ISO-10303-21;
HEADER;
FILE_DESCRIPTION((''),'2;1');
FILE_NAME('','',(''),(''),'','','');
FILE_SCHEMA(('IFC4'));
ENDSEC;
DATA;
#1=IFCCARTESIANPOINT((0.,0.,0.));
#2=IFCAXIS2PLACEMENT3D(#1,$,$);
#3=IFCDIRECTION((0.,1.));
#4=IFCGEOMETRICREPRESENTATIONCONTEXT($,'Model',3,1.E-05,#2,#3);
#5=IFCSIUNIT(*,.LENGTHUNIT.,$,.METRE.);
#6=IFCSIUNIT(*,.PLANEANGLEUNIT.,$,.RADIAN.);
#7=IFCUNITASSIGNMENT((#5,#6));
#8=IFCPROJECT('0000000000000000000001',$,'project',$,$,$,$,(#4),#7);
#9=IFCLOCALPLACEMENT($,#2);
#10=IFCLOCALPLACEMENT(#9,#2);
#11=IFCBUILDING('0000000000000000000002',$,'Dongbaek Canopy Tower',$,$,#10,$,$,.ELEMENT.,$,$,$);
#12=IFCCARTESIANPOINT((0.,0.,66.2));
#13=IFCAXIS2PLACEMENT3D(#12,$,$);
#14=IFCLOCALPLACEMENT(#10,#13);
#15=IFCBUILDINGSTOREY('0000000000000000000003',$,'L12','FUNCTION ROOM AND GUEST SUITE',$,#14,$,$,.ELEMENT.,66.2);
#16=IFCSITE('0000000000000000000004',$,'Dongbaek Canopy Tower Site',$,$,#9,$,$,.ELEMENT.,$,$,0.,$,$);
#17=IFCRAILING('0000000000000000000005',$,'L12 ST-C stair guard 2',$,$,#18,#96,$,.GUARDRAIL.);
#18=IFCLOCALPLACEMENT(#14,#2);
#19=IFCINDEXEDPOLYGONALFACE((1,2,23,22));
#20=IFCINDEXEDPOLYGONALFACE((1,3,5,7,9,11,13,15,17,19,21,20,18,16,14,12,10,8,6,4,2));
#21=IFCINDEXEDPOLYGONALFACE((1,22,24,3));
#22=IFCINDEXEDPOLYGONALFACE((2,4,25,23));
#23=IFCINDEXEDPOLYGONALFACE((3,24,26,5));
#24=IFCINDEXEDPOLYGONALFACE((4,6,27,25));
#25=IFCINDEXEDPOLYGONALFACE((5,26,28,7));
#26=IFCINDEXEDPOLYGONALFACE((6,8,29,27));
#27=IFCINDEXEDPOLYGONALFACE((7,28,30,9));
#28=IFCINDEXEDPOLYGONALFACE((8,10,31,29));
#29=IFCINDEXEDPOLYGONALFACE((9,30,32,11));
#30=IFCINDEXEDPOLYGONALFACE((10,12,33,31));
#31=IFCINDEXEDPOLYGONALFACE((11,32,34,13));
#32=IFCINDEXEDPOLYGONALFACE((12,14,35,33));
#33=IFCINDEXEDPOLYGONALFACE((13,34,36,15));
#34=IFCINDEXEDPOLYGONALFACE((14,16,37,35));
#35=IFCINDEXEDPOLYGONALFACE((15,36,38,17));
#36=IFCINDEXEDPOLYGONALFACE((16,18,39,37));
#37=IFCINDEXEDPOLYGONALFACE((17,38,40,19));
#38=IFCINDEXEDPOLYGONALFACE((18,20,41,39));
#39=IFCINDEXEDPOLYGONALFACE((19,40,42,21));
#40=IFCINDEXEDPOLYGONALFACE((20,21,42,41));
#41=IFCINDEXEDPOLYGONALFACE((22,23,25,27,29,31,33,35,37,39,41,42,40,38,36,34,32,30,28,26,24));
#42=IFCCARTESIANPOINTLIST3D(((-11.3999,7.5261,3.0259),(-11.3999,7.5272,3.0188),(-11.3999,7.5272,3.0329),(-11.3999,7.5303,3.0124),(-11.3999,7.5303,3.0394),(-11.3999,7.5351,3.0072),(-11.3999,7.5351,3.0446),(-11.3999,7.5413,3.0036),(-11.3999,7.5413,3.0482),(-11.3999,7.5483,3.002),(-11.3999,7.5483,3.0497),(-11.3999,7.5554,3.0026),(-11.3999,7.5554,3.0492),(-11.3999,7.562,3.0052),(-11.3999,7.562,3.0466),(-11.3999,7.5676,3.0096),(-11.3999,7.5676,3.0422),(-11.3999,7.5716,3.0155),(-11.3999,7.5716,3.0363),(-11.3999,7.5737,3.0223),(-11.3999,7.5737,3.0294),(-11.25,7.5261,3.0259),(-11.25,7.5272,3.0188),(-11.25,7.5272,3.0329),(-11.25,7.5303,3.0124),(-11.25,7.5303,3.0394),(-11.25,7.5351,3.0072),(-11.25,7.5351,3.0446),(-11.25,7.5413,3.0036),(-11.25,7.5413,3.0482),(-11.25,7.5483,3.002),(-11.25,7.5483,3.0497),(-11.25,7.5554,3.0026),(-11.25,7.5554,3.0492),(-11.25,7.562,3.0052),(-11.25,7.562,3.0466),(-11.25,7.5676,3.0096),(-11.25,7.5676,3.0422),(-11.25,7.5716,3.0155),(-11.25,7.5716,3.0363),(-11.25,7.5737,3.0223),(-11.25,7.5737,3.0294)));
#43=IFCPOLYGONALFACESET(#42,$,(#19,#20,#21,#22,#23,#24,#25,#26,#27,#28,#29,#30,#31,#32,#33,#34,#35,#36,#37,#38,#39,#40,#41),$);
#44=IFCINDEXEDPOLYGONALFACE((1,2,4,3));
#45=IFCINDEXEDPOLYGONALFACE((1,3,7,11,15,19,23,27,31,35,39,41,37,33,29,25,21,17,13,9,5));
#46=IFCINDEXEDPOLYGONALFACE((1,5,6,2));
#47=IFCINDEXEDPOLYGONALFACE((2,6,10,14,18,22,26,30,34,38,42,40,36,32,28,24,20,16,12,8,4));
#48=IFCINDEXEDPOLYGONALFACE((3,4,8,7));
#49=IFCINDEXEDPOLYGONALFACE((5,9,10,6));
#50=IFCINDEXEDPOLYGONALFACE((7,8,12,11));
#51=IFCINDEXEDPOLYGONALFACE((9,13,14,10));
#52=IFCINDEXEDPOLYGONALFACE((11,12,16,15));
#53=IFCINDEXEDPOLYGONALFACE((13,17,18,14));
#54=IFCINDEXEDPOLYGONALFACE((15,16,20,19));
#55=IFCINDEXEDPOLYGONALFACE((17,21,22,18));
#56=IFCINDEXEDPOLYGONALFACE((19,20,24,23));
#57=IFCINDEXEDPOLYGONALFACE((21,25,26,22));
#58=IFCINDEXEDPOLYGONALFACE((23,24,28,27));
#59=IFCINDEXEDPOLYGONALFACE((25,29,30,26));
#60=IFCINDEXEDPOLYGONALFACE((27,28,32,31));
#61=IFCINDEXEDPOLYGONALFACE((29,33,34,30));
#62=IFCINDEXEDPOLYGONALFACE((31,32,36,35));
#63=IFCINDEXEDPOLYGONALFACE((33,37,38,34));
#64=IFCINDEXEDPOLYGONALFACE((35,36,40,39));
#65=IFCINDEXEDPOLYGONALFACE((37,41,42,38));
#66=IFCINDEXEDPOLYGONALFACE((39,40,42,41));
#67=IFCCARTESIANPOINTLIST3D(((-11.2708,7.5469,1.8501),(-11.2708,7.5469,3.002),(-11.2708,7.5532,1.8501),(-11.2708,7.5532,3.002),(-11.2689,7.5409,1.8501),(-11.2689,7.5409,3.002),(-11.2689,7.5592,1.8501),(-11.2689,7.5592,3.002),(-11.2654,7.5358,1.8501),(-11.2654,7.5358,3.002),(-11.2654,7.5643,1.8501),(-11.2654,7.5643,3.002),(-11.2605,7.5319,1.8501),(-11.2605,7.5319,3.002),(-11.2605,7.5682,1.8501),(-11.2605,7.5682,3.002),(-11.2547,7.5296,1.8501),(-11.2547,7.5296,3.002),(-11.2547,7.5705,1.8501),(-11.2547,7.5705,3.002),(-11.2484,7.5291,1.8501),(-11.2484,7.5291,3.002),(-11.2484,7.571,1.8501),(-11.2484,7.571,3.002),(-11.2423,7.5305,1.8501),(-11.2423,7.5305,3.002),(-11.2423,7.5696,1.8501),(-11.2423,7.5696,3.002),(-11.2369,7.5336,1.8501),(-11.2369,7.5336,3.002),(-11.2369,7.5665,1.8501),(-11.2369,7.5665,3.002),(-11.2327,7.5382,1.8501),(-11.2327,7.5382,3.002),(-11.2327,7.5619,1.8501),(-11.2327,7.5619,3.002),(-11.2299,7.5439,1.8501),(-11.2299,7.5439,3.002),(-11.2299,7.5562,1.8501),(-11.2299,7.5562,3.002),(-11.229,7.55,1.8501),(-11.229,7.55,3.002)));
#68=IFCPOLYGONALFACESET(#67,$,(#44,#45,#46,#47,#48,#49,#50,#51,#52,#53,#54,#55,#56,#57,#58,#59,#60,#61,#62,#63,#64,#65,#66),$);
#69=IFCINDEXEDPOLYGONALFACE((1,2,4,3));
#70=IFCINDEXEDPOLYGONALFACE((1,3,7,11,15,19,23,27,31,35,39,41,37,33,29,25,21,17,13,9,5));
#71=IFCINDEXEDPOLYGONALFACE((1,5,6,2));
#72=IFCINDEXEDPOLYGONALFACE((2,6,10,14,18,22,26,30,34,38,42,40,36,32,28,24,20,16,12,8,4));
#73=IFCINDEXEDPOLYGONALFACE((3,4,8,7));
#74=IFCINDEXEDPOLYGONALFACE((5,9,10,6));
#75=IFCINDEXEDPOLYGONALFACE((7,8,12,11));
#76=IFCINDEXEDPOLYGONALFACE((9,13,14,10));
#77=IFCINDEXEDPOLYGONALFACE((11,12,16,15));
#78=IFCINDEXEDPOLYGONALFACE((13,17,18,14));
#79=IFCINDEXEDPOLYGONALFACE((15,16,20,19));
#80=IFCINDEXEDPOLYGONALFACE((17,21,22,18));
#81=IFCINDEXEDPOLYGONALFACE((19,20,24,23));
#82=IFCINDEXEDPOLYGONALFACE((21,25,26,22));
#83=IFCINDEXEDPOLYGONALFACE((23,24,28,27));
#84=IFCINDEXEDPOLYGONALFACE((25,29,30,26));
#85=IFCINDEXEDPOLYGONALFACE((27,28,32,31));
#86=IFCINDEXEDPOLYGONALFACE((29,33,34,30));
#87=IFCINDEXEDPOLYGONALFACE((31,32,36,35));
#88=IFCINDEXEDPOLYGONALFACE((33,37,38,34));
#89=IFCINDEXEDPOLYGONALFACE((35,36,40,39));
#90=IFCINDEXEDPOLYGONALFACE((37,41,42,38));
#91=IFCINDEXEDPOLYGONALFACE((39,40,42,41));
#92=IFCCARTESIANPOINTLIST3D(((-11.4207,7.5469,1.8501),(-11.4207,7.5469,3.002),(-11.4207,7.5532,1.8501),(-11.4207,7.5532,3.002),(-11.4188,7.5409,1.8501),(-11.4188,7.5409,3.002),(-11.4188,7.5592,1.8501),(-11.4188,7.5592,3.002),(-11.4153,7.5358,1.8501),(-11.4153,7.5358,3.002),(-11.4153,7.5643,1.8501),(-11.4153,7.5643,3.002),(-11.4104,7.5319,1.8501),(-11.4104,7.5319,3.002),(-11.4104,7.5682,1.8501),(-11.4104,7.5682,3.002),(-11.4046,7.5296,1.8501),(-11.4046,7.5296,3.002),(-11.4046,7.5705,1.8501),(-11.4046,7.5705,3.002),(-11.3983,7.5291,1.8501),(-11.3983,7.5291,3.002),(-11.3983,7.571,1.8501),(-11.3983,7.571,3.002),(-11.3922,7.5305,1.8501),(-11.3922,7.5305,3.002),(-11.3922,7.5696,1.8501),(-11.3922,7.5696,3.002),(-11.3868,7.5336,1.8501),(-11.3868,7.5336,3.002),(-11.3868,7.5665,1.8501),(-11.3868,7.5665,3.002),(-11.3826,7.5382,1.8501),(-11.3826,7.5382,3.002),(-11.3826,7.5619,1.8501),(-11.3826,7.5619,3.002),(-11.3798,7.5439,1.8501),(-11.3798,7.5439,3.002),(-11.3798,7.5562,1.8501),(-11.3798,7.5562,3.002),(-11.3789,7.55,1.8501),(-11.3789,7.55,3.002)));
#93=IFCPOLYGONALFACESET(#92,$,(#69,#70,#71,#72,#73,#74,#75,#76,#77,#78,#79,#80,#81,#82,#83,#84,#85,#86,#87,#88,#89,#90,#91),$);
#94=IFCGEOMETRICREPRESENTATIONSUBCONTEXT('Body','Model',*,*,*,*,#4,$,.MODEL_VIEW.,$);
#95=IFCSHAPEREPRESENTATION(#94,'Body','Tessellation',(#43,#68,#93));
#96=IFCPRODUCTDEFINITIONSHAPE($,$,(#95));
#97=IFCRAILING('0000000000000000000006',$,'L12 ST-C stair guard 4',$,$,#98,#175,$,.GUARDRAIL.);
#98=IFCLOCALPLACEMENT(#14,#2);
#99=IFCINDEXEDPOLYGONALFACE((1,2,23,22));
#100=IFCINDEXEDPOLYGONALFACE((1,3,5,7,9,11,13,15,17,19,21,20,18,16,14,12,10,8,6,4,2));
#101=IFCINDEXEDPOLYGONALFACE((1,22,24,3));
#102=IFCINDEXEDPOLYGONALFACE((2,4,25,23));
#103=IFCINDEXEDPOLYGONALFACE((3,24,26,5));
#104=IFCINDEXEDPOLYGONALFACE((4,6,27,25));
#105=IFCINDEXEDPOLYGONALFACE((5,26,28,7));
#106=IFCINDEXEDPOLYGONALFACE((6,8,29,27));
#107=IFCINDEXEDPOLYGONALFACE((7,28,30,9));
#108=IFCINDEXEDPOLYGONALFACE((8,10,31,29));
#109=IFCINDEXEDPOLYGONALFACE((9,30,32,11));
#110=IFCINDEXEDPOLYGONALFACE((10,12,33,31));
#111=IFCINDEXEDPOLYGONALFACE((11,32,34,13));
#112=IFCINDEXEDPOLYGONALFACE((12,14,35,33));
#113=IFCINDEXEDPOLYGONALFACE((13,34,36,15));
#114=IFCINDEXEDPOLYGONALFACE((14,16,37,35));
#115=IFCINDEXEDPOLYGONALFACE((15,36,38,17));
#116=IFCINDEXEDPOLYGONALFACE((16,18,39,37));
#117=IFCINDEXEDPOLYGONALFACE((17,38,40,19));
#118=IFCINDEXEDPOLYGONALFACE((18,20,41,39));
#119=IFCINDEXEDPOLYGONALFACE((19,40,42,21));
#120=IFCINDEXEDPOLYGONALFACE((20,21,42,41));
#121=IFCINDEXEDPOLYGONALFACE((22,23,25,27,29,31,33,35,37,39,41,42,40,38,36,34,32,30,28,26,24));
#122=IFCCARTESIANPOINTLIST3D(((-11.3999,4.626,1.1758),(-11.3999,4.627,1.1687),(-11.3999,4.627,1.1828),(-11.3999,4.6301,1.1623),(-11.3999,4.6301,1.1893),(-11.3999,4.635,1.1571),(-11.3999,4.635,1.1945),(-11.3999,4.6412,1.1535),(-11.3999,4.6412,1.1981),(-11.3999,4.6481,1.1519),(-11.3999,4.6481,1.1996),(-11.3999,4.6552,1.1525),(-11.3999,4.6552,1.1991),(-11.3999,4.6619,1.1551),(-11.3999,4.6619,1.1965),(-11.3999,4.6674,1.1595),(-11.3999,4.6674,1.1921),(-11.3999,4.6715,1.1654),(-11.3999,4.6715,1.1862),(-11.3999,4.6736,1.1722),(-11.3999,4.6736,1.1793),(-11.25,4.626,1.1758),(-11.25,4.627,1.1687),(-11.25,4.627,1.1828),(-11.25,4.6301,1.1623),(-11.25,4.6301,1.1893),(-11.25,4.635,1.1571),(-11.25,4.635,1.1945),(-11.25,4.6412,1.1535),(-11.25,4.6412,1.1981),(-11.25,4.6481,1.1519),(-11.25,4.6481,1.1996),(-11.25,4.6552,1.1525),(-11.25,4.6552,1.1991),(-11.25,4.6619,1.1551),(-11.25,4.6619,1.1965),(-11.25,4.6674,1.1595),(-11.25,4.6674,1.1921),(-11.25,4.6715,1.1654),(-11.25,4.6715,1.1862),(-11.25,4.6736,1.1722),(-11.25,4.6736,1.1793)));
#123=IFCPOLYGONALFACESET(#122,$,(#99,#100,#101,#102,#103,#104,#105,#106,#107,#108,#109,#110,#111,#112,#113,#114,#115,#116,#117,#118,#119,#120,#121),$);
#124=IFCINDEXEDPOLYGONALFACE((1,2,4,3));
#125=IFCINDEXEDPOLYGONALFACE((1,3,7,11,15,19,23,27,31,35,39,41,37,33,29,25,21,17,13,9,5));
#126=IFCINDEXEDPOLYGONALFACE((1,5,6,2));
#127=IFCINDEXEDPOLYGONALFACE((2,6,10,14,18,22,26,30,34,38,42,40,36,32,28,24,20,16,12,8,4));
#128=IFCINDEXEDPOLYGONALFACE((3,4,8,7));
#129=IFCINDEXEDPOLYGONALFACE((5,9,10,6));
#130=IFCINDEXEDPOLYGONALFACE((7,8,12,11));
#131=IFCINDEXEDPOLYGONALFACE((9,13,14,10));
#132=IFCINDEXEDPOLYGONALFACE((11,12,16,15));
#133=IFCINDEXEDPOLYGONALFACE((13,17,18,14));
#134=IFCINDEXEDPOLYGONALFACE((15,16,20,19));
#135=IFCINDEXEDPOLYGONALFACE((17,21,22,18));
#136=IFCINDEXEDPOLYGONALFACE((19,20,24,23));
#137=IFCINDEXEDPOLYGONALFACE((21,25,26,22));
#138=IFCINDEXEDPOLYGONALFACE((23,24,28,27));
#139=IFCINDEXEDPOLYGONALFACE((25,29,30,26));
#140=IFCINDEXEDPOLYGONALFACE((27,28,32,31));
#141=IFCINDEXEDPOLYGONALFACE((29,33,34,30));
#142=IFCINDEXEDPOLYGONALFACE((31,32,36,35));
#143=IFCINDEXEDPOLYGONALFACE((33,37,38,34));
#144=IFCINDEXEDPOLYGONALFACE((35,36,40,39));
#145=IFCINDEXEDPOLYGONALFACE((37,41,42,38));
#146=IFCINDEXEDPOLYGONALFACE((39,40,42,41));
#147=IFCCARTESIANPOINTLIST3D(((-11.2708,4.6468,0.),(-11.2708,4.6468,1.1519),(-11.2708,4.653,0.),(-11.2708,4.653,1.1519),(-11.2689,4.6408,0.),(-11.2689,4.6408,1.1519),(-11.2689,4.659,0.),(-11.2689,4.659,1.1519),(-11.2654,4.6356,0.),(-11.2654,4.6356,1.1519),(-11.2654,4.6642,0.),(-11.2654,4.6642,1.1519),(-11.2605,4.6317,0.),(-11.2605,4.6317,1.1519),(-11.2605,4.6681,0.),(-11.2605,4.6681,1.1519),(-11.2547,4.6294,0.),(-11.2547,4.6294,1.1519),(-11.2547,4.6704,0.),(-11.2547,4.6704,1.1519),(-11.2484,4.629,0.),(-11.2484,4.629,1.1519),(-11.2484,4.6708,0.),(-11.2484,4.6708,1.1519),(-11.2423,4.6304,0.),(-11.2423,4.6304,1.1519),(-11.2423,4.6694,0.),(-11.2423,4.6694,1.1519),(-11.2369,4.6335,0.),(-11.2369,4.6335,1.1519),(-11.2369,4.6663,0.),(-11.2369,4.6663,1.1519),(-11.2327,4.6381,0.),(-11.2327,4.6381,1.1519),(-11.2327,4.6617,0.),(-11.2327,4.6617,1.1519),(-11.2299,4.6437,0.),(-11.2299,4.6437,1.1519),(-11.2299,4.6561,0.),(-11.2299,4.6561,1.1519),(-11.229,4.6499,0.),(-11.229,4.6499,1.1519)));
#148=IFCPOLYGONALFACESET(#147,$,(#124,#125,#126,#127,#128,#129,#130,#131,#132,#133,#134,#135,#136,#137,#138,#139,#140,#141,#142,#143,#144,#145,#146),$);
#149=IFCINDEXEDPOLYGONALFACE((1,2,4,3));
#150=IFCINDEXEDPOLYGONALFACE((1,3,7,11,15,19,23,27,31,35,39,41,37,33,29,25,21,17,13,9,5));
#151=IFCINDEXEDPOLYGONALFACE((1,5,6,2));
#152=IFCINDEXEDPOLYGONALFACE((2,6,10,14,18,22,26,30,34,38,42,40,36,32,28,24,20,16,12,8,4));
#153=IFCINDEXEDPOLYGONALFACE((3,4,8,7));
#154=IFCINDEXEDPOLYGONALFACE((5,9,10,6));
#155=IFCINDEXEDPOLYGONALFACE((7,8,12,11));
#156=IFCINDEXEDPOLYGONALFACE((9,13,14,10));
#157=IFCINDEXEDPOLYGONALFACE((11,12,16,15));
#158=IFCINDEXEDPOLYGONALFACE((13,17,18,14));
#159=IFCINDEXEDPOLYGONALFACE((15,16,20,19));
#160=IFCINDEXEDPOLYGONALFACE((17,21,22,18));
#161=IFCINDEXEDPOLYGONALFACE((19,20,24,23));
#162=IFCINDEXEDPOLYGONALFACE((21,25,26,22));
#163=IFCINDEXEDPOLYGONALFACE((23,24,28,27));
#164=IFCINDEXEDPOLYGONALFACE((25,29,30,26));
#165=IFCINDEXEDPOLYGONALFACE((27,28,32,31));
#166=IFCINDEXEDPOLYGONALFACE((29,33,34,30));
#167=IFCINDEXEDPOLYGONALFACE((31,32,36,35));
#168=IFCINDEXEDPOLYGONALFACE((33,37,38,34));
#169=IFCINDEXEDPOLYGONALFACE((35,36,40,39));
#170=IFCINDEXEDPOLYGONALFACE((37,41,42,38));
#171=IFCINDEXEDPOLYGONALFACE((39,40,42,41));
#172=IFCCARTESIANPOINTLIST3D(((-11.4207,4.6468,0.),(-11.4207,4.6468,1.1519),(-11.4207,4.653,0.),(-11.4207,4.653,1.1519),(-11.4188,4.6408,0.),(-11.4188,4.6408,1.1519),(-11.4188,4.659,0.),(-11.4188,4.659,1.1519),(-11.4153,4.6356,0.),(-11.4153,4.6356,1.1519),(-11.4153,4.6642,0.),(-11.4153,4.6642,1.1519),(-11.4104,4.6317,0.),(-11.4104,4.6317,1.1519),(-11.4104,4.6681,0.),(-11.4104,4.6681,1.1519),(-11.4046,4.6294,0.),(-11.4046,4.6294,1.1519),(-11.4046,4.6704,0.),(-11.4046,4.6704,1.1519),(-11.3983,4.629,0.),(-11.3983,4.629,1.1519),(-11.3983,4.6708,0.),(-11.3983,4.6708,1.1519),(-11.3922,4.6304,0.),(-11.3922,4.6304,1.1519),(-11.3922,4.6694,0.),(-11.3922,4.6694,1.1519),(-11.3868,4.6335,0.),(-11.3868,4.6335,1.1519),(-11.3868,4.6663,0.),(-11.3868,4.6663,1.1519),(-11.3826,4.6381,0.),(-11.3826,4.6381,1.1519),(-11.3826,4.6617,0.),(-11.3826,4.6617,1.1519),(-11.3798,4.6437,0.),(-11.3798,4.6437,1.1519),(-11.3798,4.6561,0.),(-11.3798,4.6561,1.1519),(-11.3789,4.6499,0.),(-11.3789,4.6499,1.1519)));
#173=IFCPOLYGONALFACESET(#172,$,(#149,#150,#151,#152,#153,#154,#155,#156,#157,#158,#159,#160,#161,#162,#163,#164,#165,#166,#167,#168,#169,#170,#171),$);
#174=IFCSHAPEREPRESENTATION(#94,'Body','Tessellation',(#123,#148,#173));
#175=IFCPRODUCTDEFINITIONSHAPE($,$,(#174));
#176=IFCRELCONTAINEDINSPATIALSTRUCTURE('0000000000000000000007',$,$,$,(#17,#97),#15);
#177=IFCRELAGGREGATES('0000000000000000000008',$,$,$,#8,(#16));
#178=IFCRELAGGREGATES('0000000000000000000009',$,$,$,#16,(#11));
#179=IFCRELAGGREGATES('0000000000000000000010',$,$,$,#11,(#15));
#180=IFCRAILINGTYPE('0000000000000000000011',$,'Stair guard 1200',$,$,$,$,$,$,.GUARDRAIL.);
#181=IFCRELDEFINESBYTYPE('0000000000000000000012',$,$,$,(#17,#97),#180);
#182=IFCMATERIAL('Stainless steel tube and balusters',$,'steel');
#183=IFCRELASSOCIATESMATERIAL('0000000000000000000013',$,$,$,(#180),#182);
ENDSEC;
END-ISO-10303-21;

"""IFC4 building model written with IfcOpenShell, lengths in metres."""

from ifc_helpers import new_model, si_unit, direction, frame, origin, origin_2d, place, context, subcontext, project, spatial, circle, extrude, material, type_object, element, save


model = new_model("IFC4")

# Units and contexts
model_context = context("Model", 3, precision=1e-05, world=origin(), true_north=direction((0.0, 1.0)))
body_context = subcontext(model_context, "Body", "Model", "MODEL_VIEW")
ifc_project = project(units=[si_unit("LENGTHUNIT", "METRE"), si_unit("PLANEANGLEUNIT", "RADIAN")], contexts=[model_context])

# Site, building, storey
site_placement = place(None, origin())
site = spatial("IfcSite", under=ifc_project, at=site_placement, Name="Dongbaek Canopy Tower Site", CompositionType="ELEMENT", RefElevation=0.0)
building_placement = place(site_placement, origin())
building = spatial("IfcBuilding", under=site, at=building_placement, Name="Dongbaek Canopy Tower", CompositionType="ELEMENT")
storey_placement = place(building_placement, frame((0.0, 0.0, 66.2)))
storey = spatial("IfcBuildingStorey", under=building, at=storey_placement, Name="L12", Description="FUNCTION ROOM AND GUEST SUITE", CompositionType="ELEMENT", Elevation=66.2)

# Railings
ifc_material_1 = material(Name="Stainless steel tube and balusters", Category="steel")
railing_type_1 = type_object("IfcRailingType", Name="Stair guard 1200", PredefinedType="GUARDRAIL", material=ifc_material_1)
for number, where, name in (
    (1, (-11.25, 7.55, 1.8501), "L12 ST-C stair guard 2"),
    (2, (-11.25, 4.6499, 0.0), "L12 ST-C stair guard 4"),
):
    element("IfcRailing", number, at=place(storey_placement, frame(where)), inside=storey, type_object=railing_type_1, Name=name, PredefinedType="GUARDRAIL", context=body_context, shape_type="SweptSolid", body=[
        extrude(circle(Radius=0.0239, at=origin_2d()), frame((0.0, 0.0, 1.1758), z_axis=(-1.0, 0.0, 0.0), x_axis=(0.0, -1.0, 0.0)), (0.0, 0.0, 1.0), 0.1499),
        extrude(circle(Radius=0.021, at=origin_2d()), origin(), (0.0, 0.0, 1.0), 1.1519),
        extrude(circle(Radius=0.021, at=origin_2d()), frame((-0.1499, 0.0, 0.0)), (0.0, 0.0, 1.0), 1.1519),
    ])

save(model, "model.ifc")
